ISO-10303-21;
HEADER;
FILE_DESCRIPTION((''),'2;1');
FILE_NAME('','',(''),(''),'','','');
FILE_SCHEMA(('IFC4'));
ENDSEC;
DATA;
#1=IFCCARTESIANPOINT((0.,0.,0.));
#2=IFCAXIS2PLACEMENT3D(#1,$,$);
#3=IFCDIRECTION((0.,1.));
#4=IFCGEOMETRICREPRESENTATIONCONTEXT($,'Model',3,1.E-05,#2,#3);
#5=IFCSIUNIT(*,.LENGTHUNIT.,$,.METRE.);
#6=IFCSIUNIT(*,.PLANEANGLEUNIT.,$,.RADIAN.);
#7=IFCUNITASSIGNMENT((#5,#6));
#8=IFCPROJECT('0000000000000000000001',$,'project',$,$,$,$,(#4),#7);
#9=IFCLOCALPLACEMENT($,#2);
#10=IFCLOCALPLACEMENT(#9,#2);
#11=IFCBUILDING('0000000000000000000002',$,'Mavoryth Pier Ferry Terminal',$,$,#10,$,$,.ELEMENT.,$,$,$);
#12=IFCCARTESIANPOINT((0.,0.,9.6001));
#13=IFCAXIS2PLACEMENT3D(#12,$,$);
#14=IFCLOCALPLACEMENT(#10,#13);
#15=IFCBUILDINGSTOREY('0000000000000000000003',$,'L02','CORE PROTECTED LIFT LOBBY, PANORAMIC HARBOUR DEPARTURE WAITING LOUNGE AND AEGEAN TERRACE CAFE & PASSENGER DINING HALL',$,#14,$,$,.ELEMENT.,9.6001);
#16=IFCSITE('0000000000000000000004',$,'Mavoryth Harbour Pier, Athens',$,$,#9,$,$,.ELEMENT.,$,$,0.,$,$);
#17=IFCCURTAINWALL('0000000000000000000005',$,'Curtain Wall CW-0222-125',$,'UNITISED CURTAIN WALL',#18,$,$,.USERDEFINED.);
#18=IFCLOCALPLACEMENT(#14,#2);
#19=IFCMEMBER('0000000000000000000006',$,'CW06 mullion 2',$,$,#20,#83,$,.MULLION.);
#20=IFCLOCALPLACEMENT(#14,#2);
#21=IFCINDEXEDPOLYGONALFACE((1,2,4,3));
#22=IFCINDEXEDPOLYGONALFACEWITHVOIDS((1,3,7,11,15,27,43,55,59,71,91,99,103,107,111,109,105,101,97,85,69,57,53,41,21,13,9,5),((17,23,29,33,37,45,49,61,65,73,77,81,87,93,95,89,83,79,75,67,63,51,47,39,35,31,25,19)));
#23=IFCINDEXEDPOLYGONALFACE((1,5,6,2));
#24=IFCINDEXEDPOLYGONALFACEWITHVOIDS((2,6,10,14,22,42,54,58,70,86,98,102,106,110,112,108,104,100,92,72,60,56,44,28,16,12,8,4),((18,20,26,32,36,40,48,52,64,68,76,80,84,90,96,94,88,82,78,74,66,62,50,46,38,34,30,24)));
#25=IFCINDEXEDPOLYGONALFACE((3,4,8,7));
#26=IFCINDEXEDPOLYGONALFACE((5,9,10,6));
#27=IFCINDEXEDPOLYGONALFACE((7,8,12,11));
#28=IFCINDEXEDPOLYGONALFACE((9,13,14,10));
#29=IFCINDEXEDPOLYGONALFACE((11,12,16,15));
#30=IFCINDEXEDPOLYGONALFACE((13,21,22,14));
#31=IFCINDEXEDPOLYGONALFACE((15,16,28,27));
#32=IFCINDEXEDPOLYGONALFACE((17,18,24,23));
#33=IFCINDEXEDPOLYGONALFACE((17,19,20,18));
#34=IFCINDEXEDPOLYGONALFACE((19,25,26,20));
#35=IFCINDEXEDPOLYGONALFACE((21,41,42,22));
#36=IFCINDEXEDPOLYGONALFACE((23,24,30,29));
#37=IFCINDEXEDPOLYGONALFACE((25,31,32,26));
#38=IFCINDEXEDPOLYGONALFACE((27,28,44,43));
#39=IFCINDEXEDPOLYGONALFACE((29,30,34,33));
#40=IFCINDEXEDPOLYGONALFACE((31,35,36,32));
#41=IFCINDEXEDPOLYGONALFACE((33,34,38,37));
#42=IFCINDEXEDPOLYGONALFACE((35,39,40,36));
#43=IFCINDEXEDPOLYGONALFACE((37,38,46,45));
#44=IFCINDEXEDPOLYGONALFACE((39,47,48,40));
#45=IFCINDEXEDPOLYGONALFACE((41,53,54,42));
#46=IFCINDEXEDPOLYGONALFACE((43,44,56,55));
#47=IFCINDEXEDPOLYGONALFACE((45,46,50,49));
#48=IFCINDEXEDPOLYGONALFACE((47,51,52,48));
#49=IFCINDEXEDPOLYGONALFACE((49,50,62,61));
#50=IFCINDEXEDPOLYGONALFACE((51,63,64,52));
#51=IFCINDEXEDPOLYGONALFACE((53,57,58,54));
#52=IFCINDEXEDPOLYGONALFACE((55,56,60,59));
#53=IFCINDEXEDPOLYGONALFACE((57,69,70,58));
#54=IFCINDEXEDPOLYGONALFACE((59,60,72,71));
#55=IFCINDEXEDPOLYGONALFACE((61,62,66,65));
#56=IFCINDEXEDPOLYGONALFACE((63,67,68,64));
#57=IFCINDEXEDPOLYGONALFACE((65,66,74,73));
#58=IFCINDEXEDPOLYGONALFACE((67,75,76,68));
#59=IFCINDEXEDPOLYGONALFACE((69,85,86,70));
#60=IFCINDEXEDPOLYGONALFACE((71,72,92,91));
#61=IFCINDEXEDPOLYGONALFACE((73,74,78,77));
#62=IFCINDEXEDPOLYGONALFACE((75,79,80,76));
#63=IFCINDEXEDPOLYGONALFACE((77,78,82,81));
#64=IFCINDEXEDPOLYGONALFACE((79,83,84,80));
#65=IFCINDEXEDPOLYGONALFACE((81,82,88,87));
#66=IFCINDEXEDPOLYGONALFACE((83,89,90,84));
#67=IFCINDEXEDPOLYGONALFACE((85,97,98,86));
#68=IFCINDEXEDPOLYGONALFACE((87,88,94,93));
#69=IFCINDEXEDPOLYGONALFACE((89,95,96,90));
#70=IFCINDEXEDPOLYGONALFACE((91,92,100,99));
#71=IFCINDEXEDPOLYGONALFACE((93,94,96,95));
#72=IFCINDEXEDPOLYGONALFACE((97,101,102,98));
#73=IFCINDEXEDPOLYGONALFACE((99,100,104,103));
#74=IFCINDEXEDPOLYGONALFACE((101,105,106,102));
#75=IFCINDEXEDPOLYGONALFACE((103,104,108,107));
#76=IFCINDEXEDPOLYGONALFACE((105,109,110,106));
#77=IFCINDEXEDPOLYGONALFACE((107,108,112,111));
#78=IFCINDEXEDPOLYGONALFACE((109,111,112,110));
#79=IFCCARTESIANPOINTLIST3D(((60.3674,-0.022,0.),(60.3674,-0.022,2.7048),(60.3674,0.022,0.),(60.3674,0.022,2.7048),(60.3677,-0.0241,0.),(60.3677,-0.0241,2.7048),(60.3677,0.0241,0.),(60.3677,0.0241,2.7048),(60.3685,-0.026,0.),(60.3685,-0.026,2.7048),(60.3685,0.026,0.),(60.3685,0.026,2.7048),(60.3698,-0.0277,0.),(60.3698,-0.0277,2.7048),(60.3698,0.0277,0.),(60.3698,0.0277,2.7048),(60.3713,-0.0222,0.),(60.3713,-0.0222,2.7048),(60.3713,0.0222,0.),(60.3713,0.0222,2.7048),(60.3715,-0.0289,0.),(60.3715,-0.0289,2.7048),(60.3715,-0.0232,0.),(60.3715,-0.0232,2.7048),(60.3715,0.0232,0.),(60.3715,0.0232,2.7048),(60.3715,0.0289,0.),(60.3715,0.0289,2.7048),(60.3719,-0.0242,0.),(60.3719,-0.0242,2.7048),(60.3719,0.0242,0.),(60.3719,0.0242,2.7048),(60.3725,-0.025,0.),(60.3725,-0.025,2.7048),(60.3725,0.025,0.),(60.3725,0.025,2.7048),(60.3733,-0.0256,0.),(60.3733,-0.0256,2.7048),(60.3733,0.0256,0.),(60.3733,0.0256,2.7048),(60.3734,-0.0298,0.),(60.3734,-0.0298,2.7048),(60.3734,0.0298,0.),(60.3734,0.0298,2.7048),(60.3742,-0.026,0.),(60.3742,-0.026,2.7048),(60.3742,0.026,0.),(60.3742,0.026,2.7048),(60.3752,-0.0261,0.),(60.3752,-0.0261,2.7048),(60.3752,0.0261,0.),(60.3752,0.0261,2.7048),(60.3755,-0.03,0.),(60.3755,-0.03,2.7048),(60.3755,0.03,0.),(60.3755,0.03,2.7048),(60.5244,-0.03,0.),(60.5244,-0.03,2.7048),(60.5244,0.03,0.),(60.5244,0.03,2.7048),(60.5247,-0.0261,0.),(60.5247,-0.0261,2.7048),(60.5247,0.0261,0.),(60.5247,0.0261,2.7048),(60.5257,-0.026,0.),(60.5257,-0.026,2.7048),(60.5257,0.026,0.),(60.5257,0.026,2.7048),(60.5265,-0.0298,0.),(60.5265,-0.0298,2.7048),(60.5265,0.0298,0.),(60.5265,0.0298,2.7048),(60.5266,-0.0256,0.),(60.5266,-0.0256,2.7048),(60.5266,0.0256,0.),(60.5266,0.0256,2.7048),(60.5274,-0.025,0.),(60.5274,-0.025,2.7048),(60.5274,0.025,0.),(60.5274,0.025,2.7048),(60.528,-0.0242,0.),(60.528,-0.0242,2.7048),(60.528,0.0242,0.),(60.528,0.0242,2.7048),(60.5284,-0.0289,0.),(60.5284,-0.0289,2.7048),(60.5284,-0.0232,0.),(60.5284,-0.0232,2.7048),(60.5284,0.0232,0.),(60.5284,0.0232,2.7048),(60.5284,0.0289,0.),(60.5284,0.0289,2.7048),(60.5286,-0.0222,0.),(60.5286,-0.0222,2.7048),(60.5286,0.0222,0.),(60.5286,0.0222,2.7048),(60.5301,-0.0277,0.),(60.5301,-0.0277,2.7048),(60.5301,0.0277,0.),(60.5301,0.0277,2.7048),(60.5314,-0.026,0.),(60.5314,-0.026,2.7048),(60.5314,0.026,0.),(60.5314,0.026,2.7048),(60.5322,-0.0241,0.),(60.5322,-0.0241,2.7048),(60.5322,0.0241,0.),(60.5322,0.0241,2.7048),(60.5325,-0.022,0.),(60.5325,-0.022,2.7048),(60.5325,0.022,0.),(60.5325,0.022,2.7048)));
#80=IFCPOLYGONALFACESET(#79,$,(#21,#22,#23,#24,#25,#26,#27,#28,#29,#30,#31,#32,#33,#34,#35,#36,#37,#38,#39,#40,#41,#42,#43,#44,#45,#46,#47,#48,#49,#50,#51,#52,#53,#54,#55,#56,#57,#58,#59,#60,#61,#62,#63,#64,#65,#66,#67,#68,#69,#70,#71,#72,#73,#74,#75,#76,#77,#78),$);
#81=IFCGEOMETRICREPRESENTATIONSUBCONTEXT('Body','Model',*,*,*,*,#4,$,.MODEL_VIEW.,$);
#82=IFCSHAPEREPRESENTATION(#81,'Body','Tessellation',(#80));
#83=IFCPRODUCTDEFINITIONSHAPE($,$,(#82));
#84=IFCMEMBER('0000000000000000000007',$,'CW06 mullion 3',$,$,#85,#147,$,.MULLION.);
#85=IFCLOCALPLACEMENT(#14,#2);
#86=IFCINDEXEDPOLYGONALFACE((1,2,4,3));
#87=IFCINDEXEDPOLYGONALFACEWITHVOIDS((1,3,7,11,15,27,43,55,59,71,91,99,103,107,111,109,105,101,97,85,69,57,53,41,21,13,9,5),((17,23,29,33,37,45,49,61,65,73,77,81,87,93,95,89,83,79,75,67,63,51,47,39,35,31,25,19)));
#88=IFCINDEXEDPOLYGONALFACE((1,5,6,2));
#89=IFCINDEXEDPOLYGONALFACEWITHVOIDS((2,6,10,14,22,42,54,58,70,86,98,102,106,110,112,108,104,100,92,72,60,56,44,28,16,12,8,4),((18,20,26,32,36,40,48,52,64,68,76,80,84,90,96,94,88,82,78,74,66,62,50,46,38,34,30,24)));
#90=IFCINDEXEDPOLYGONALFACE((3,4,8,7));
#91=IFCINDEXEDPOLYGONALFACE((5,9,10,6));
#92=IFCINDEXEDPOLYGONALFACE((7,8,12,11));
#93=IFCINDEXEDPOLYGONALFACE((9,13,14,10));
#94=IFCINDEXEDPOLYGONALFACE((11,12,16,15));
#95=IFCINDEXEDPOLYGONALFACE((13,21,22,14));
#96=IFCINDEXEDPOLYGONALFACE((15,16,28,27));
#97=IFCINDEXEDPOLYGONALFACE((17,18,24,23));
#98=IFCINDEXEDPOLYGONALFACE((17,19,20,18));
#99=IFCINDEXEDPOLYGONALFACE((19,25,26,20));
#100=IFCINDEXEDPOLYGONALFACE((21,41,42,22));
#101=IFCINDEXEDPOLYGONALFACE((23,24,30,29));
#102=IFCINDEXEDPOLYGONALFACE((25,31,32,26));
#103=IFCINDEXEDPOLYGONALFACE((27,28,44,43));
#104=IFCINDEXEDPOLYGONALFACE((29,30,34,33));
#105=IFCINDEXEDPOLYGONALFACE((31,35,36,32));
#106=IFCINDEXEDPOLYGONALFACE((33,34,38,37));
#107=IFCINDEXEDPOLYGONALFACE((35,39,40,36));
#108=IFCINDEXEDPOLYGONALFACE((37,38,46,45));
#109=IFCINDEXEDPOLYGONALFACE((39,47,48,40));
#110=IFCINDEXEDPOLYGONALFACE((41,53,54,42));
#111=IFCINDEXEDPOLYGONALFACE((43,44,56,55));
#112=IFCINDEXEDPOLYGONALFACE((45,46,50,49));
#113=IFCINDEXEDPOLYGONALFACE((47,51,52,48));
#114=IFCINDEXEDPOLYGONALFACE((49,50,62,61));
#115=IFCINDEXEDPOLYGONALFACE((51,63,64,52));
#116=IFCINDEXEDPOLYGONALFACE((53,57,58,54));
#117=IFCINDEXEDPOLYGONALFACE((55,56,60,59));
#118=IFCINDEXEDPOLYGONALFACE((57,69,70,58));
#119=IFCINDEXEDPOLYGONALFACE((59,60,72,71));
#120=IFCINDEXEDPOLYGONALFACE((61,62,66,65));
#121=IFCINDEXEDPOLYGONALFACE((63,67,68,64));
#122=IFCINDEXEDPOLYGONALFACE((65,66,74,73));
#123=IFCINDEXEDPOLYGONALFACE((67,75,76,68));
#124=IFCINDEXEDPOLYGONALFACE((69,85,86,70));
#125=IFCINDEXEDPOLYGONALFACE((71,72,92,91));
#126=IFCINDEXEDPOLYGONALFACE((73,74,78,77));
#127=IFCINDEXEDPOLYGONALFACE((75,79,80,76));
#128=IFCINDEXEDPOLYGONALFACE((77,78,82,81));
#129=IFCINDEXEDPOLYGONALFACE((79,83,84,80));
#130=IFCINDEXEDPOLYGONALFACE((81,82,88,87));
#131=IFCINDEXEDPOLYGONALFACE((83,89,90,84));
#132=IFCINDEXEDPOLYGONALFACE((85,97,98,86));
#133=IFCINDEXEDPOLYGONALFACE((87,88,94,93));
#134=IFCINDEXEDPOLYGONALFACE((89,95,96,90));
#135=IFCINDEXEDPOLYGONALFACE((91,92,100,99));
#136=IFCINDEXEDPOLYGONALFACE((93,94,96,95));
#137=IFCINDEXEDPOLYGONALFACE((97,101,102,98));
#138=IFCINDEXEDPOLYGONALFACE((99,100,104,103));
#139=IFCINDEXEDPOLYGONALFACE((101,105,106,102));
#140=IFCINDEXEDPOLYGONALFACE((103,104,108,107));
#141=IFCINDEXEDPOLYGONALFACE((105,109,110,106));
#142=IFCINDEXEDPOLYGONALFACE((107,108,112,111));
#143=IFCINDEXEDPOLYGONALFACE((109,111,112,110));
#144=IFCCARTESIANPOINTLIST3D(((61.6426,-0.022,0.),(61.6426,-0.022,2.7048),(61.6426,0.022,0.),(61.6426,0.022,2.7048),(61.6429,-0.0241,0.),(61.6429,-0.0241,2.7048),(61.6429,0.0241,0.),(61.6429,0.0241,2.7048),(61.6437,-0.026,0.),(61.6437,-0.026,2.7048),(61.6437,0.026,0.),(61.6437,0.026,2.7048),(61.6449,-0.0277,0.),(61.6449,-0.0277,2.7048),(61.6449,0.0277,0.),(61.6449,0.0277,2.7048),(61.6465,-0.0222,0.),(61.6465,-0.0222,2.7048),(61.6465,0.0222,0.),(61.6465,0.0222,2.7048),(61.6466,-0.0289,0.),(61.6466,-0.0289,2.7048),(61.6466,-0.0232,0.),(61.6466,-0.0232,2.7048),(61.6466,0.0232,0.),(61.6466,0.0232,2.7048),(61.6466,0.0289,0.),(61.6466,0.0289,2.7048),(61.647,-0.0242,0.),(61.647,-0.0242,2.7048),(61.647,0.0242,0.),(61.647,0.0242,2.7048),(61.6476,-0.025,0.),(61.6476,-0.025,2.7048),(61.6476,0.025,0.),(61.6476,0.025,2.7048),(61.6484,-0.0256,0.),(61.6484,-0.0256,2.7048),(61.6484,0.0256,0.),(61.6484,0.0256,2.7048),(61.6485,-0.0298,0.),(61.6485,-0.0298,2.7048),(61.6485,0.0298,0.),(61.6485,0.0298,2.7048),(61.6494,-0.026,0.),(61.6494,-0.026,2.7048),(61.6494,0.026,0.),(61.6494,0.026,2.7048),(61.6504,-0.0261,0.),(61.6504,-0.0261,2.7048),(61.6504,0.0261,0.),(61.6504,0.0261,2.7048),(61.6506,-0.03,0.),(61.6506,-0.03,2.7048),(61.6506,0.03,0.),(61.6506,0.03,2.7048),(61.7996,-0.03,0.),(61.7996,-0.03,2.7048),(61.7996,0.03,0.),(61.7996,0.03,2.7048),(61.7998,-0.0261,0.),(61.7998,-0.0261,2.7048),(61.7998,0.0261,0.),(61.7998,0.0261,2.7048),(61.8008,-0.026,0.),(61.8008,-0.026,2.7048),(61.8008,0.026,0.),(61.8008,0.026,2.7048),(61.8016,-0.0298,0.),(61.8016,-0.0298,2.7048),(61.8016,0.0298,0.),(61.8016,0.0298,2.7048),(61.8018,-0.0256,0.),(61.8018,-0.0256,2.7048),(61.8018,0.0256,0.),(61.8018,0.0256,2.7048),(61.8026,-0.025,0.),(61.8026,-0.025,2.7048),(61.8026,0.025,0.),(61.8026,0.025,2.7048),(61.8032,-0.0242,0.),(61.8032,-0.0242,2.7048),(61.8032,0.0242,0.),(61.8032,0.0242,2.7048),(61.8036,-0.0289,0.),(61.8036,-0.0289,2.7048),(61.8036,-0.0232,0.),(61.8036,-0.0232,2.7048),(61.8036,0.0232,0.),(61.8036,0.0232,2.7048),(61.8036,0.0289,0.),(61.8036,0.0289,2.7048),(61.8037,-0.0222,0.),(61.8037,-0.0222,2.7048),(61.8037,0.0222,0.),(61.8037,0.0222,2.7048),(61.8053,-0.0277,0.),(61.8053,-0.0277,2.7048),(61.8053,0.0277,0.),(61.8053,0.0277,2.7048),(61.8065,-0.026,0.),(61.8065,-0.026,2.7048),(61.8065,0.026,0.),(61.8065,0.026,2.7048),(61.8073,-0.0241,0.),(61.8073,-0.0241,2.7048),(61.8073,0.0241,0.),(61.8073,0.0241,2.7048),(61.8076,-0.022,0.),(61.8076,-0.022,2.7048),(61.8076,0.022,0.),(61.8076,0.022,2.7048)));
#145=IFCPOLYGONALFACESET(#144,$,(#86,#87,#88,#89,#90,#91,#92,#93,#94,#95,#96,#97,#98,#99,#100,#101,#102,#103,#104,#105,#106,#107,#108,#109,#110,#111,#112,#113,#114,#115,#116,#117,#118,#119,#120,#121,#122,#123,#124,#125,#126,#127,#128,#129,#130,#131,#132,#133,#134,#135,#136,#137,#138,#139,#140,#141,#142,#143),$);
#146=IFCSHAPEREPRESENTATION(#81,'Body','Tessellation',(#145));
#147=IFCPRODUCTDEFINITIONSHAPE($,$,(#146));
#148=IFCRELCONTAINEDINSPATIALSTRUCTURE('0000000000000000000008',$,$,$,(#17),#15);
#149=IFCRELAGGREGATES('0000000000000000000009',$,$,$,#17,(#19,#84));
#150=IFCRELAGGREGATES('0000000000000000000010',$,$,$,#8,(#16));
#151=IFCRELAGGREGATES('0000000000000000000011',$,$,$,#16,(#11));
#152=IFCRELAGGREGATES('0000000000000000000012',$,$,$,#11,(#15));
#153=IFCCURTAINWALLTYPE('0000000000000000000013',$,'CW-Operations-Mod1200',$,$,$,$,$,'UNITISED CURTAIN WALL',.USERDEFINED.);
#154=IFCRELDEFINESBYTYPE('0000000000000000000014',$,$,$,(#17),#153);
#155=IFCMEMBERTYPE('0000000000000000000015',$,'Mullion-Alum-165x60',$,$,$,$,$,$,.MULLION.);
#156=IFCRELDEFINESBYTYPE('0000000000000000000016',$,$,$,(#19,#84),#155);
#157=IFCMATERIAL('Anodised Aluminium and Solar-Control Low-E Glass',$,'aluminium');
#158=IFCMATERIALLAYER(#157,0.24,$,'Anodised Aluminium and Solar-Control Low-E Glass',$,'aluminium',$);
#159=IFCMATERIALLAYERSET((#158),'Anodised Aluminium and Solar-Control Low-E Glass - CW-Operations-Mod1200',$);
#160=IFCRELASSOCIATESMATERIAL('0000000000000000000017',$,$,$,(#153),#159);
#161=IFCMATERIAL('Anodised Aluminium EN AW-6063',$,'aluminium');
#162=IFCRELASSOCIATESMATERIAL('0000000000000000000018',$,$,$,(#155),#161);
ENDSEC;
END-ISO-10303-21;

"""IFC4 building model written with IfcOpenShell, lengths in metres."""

from ifc_helpers import new_model, si_unit, direction, frame, origin, origin_2d, place, context, subcontext, project, spatial, hollow_rectangle, extrude, material, layer, layer_set, material_profile, profile_set, type_object, element, aggregate, save


model = new_model("IFC4")

# Units and contexts
model_context = context("Model", 3, precision=1e-05, world=origin(), true_north=direction((0.0, 1.0)))
body_context = subcontext(model_context, "Body", "Model", "MODEL_VIEW")
ifc_project = project(units=[si_unit("LENGTHUNIT", "METRE"), si_unit("PLANEANGLEUNIT", "RADIAN")], contexts=[model_context])

# Site, building, storey
site_placement = place(None, origin())
site = spatial("IfcSite", under=ifc_project, at=site_placement, Name="Mavoryth Harbour Pier, Athens", CompositionType="ELEMENT", RefElevation=0.0)
building_placement = place(site_placement, origin())
building = spatial("IfcBuilding", under=site, at=building_placement, Name="Mavoryth Pier Ferry Terminal", CompositionType="ELEMENT")
storey_placement = place(building_placement, frame((0.0, 0.0, 9.6001)))
storey = spatial("IfcBuildingStorey", under=building, at=storey_placement, Name="L02", Description="CORE PROTECTED LIFT LOBBY, PANORAMIC HARBOUR DEPARTURE WAITING LOUNGE AND AEGEAN TERRACE CAFE & PASSENGER DINING HALL", CompositionType="ELEMENT", Elevation=9.6001)

# Shared definitions
ifc_material_1 = material(Name="Anodised Aluminium and Solar-Control Low-E Glass", Category="aluminium")
ifc_layer_1 = layer(ifc_material_1, 0.24, Name="Anodised Aluminium and Solar-Control Low-E Glass", Category="aluminium")
ifc_layer_set_1 = layer_set([ifc_layer_1], Name="Anodised Aluminium and Solar-Control Low-E Glass - CW-Operations-Mod1200")
curtain_wall_type = type_object("IfcCurtainWallType", Name="CW-Operations-Mod1200", ElementType="UNITISED CURTAIN WALL", PredefinedType="USERDEFINED", material=ifc_layer_set_1)
ifc_material_2 = material(Name="Anodised Aluminium EN AW-6063", Category="aluminium")
ifc_material_profile_1 = material_profile(ifc_material_2, hollow_rectangle(XDim=0.0601, YDim=0.165, WallThickness=0.0039, InnerFilletRadius=0.0039, OuterFilletRadius=0.0081, at=origin_2d()), Name="AL-MULL 165x60x4", Category="aluminium")
ifc_profile_set_1 = profile_set([ifc_material_profile_1], Name="Anodised Aluminium EN AW-6063 - AL-MULL 165x60x4")
member_type_1 = type_object("IfcMemberType", Name="Mullion-Alum-165x60", PredefinedType="MULLION", material=ifc_profile_set_1)

# Curtain wall, members
curtain_wall_1_placement = place(storey_placement, origin())
curtain_wall_1 = element("IfcCurtainWall", 1, at=curtain_wall_1_placement, inside=storey, type_object=curtain_wall_type, Name="Curtain Wall CW-0222-125", ObjectType="UNITISED CURTAIN WALL", PredefinedType="USERDEFINED")
member_1_placement = place(storey_placement, frame((60.45, 0.0, 0.0), z_axis=(0.0, 0.0, 1.0), x_axis=(0.0, 1.0, 0.0)))
member_1 = element("IfcMember", 2, at=member_1_placement, type_object=member_type_1, Name="CW06 mullion 2", PredefinedType="MULLION", context=body_context, shape_type="SweptSolid", body=[
    extrude(hollow_rectangle(XDim=0.0601, YDim=0.165, WallThickness=0.0039, InnerFilletRadius=0.0039, OuterFilletRadius=0.0081, at=origin_2d()), origin(), (0.0, 0.0, 1.0), 2.7048),
])
member_2_placement = place(storey_placement, frame((61.7251, 0.0, 0.0), z_axis=(0.0, 0.0, 1.0), x_axis=(0.0, 1.0, 0.0)))
member_2 = element("IfcMember", 3, at=member_2_placement, type_object=member_type_1, Name="CW06 mullion 3", PredefinedType="MULLION", context=body_context, shape_type="SweptSolid", body=[
    extrude(hollow_rectangle(XDim=0.0601, YDim=0.165, WallThickness=0.0039, InnerFilletRadius=0.0039, OuterFilletRadius=0.0081, at=origin_2d()), origin(), (0.0, 0.0, 1.0), 2.7048),
])

aggregate(curtain_wall_1, [member_1, member_2])

save(model, "model.ifc")
